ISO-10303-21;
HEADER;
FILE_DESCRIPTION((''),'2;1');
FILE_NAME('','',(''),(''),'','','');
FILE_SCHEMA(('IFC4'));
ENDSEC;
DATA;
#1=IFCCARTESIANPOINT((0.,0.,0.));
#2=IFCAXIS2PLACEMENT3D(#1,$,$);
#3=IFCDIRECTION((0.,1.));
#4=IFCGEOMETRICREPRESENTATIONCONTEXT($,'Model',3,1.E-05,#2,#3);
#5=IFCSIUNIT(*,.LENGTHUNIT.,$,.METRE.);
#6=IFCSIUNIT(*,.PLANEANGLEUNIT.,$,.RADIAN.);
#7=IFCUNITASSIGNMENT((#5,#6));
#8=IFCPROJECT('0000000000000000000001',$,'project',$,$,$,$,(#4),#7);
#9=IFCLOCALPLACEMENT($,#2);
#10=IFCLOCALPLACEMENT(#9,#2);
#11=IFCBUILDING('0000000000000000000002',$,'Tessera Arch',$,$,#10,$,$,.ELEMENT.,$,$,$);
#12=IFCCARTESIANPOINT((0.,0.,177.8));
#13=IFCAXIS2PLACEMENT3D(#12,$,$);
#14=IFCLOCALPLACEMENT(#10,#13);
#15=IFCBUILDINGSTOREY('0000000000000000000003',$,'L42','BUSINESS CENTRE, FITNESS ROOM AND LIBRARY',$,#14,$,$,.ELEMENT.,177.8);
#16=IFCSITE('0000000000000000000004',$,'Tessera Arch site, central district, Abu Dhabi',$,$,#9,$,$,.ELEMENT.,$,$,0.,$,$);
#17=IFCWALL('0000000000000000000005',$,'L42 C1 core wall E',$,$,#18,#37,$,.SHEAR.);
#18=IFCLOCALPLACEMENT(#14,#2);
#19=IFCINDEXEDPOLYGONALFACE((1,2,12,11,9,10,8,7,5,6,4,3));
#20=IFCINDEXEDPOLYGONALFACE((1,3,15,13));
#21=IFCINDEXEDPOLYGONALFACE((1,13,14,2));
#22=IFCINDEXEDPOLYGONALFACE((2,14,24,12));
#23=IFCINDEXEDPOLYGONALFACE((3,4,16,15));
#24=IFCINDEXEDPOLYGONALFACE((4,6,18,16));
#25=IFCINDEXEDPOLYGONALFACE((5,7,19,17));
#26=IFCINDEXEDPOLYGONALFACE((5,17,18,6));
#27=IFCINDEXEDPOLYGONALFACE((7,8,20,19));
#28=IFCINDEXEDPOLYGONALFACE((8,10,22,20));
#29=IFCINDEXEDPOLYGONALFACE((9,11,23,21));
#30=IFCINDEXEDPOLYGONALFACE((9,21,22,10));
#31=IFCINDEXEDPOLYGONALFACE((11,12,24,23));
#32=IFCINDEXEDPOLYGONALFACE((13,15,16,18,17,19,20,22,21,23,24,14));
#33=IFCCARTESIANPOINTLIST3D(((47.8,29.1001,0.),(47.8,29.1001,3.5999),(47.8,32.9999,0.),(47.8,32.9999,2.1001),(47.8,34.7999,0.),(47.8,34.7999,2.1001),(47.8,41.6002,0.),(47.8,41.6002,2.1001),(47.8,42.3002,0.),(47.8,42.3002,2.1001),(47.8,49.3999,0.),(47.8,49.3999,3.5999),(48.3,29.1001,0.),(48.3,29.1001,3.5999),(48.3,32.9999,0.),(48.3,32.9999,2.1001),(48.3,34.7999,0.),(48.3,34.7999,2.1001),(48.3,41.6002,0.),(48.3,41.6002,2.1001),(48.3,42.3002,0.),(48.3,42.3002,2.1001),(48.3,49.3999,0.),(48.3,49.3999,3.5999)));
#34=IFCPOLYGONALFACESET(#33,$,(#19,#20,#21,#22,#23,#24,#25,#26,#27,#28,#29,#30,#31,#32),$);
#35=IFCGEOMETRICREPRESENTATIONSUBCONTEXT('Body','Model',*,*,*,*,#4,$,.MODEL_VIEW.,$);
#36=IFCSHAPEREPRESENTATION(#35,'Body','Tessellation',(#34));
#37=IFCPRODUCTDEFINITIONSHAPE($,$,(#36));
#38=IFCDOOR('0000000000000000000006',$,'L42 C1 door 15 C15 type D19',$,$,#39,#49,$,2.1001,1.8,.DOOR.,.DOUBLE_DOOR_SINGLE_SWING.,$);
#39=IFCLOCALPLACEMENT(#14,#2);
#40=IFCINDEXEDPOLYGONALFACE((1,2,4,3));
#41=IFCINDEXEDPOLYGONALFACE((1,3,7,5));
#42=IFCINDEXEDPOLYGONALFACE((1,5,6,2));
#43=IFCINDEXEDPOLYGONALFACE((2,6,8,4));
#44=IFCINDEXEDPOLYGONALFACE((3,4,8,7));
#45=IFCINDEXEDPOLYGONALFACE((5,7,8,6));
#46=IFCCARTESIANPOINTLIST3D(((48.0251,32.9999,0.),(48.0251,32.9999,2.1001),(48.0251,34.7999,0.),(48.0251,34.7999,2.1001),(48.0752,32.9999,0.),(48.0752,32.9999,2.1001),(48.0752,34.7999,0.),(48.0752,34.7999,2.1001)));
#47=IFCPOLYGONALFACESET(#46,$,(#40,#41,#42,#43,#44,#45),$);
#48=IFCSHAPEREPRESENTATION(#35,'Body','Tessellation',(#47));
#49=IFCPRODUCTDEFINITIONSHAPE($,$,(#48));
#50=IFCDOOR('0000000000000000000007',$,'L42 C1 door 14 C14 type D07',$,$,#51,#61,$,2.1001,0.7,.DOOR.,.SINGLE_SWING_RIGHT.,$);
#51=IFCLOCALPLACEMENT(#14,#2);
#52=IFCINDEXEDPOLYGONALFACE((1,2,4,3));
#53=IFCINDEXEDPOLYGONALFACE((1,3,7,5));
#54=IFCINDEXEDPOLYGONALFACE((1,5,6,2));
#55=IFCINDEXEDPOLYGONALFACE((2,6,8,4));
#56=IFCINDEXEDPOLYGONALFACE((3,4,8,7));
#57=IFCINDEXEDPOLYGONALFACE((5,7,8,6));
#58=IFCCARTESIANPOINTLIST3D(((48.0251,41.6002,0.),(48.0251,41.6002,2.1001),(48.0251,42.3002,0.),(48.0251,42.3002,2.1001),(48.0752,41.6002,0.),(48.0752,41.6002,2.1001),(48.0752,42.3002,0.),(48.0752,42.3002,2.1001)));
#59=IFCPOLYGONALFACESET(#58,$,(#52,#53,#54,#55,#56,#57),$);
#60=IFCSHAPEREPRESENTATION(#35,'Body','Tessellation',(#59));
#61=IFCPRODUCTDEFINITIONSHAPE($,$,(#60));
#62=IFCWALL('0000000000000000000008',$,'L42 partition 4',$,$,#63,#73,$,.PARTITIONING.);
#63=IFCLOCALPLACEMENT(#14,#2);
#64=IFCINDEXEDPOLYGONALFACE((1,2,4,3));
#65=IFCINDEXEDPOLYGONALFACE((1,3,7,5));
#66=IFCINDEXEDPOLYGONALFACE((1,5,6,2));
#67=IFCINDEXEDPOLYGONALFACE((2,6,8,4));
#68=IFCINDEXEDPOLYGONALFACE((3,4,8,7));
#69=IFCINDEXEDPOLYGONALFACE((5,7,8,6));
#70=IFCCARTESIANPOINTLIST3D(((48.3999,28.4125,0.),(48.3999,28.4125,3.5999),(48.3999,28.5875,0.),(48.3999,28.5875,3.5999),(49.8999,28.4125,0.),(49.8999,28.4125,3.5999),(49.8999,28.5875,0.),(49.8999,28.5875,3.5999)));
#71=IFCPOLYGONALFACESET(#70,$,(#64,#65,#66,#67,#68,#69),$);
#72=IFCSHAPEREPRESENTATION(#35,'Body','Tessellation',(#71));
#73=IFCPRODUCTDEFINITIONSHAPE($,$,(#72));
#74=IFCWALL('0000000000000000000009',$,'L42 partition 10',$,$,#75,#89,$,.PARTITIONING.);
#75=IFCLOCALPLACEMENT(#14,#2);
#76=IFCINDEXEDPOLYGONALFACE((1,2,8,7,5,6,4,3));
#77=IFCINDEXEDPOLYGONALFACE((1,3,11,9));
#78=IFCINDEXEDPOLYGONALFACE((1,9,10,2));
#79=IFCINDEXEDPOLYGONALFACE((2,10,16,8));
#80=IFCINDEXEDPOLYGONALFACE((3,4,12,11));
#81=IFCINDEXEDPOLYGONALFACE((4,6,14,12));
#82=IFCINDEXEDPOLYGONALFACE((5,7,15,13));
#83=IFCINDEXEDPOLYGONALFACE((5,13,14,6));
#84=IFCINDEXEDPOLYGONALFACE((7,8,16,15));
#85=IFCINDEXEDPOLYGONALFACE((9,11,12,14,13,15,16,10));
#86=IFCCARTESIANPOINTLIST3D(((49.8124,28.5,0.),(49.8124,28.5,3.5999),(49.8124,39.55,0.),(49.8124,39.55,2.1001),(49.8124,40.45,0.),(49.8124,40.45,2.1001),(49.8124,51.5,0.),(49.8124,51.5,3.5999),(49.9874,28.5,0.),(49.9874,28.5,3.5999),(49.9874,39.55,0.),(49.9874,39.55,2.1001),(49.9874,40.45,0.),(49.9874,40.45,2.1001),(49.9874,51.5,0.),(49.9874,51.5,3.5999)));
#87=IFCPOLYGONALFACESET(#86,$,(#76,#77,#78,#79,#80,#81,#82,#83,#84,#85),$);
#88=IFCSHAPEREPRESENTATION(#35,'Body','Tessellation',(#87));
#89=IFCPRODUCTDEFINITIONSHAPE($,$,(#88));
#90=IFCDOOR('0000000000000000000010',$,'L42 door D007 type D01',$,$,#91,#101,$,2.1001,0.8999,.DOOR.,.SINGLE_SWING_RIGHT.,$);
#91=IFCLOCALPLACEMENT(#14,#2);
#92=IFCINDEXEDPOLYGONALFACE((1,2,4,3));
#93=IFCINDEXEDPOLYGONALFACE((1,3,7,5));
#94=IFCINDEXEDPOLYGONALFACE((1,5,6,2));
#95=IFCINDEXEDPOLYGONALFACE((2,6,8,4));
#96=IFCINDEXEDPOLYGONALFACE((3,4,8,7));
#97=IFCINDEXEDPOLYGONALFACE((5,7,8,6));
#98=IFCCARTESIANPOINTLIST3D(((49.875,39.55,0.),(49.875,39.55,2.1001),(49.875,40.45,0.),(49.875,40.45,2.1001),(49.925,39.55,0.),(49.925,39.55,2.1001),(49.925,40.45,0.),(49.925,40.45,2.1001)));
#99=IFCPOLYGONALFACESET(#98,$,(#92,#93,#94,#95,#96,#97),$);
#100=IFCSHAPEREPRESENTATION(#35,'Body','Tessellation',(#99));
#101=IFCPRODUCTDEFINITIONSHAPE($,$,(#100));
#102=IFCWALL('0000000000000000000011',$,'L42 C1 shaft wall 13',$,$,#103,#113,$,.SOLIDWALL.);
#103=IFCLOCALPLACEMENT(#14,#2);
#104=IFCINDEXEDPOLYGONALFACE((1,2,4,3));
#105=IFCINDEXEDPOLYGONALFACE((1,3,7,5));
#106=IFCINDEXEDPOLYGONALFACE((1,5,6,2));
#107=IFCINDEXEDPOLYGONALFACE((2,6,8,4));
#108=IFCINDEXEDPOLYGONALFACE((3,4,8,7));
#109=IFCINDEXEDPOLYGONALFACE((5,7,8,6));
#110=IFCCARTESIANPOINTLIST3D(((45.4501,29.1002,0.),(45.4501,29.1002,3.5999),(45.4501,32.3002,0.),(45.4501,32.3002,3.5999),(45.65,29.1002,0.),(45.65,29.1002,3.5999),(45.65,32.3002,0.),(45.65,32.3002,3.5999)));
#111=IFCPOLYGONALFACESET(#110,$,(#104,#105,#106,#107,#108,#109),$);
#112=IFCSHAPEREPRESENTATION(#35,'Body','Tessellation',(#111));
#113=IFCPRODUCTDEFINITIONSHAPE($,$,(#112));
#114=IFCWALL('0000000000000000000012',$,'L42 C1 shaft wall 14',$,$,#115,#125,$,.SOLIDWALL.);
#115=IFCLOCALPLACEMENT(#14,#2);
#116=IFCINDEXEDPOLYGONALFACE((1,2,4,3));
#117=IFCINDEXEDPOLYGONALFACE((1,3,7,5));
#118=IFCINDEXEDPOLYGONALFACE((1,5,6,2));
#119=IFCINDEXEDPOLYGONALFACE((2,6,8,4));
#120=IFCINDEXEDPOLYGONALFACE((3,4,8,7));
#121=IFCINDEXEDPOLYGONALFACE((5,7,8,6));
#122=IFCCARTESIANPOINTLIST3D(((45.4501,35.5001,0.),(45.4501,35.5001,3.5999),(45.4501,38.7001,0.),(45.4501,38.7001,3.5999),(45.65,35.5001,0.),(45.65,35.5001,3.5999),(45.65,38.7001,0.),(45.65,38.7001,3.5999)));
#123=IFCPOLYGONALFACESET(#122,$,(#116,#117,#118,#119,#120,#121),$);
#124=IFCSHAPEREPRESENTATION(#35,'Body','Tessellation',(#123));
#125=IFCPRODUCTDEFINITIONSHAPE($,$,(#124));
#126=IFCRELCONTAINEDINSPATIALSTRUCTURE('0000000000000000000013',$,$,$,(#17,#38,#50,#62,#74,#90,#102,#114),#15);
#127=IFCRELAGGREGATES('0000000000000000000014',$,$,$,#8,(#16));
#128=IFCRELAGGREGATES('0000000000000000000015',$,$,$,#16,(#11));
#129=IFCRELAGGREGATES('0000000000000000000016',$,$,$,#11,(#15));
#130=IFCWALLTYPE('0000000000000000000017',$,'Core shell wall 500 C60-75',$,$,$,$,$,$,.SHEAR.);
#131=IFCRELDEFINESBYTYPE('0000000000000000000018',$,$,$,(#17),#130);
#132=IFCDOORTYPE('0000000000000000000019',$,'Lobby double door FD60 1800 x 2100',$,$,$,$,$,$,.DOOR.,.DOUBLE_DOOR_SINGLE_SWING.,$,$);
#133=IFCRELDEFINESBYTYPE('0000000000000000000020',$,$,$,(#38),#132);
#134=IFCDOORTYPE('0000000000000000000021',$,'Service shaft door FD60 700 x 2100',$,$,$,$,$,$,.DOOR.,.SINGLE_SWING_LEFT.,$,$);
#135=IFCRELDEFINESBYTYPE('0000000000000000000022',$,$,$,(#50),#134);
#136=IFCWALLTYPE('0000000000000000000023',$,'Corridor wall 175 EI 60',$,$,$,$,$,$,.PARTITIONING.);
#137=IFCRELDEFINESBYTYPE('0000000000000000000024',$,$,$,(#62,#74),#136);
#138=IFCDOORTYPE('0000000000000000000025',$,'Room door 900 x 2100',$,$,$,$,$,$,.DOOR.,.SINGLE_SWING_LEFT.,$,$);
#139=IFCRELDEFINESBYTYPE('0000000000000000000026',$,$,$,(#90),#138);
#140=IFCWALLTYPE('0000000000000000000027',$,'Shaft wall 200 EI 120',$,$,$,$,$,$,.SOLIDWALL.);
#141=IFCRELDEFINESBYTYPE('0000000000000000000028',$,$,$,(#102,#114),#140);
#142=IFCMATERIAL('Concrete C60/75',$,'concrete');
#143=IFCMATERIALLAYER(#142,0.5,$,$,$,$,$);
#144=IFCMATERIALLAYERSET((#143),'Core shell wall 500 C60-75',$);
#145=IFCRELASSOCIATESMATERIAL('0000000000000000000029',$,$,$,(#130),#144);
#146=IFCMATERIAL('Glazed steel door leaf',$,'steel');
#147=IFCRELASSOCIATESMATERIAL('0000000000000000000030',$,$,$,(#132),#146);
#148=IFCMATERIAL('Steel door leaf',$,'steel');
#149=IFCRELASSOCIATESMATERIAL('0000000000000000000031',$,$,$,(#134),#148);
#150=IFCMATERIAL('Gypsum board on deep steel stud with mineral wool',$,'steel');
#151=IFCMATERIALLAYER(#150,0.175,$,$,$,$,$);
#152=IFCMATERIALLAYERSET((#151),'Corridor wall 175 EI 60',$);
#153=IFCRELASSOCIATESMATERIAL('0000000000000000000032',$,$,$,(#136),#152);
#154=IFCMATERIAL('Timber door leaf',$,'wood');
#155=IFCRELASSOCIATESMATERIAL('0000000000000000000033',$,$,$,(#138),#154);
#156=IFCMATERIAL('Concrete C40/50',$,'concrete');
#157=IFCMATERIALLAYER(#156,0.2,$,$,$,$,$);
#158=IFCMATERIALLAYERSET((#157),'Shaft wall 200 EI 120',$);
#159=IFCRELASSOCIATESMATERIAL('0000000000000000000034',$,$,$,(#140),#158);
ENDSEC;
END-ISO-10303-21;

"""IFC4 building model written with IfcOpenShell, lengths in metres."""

from ifc_helpers import new_model, si_unit, direction, frame, frame_2d, origin, place, context, subcontext, project, spatial, rectangle, extrude, material, layer, layer_set, type_object, element, fill, save


model = new_model("IFC4")

# Units and contexts
model_context = context("Model", 3, precision=1e-05, world=origin(), true_north=direction((0.0, 1.0)))
body_context = subcontext(model_context, "Body", "Model", "MODEL_VIEW")
ifc_project = project(units=[si_unit("LENGTHUNIT", "METRE"), si_unit("PLANEANGLEUNIT", "RADIAN")], contexts=[model_context])

# Site, building, storey
site_placement = place(None, origin())
site = spatial("IfcSite", under=ifc_project, at=site_placement, Name="Tessera Arch site, central district, Abu Dhabi", CompositionType="ELEMENT", RefElevation=0.0)
building_placement = place(site_placement, origin())
building = spatial("IfcBuilding", under=site, at=building_placement, Name="Tessera Arch", CompositionType="ELEMENT")
storey_placement = place(building_placement, frame((0.0, 0.0, 177.8)))
storey = spatial("IfcBuildingStorey", under=building, at=storey_placement, Name="L42", Description="BUSINESS CENTRE, FITNESS ROOM AND LIBRARY", CompositionType="ELEMENT", Elevation=177.8)

# Wall, openings, doors
ifc_material_1 = material(Name="Concrete C60/75", Category="concrete")
ifc_layer_1 = layer(ifc_material_1, 0.5)
ifc_layer_set_1 = layer_set([ifc_layer_1], Name="Core shell wall 500 C60-75")
wall_type_1 = type_object("IfcWallType", Name="Core shell wall 500 C60-75", PredefinedType="SHEAR", material=ifc_layer_set_1)
wall_1_placement = place(storey_placement, frame((48.05, 29.1001, 0.0), z_axis=(0.0, 0.0, 1.0), x_axis=(0.0, 1.0, 0.0)))
wall_1 = element("IfcWall", 1, at=wall_1_placement, inside=storey, type_object=wall_type_1, Name="L42 C1 core wall E", PredefinedType="SHEAR", context=body_context, shape_type="SweptSolid", body=[
    extrude(rectangle(XDim=20.2998, YDim=0.5, at=frame_2d((10.1499, 0.0))), origin(), (0.0, 0.0, 1.0), 3.5999),
])
opening_1_placement = place(wall_1_placement, frame((12.5, 0.0, 0.0)))
opening_1 = element("IfcOpeningElement", 2, at=opening_1_placement, cuts=wall_1, PredefinedType="OPENING", context=body_context, shape_type="SweptSolid", body=[
    extrude(rectangle(XDim=0.7, YDim=2.1001, at=frame_2d((0.3501, 1.05))), frame((0.0, 0.26, 0.0), z_axis=(0.0, -1.0, 0.0), x_axis=(1.0, 0.0, 0.0)), (0.0, 0.0, 1.0), 0.52),
])
opening_2_placement = place(wall_1_placement, frame((3.8999, 0.0, 0.0)))
opening_2 = element("IfcOpeningElement", 3, at=opening_2_placement, cuts=wall_1, PredefinedType="OPENING", context=body_context, shape_type="SweptSolid", body=[
    extrude(rectangle(XDim=1.8, YDim=2.1001, at=frame_2d((0.8999, 1.05))), frame((0.0, 0.26, 0.0), z_axis=(0.0, -1.0, 0.0), x_axis=(1.0, 0.0, 0.0)), (0.0, 0.0, 1.0), 0.52),
])
ifc_material_2 = material(Name="Glazed steel door leaf", Category="steel")
door_type_1 = type_object("IfcDoorType", Name="Lobby double door FD60 1800 x 2100", OperationType="DOUBLE_DOOR_SINGLE_SWING", PredefinedType="DOOR", material=ifc_material_2)
door_1_placement = place(opening_2_placement, origin())
door_1 = element("IfcDoor", 4, at=door_1_placement, inside=storey, type_object=door_type_1, Name="L42 C1 door 15 C15 type D19", OperationType="DOUBLE_DOOR_SINGLE_SWING", OverallHeight=2.1001, OverallWidth=1.8, PredefinedType="DOOR", context=body_context, shape_type="SweptSolid", body=[
    extrude(rectangle(XDim=1.8, YDim=2.1001, at=frame_2d((0.8999, 1.05))), frame((0.0, 0.0249, 0.0), z_axis=(0.0, -1.0, 0.0), x_axis=(1.0, 0.0, 0.0)), (0.0, 0.0, 1.0), 0.05),
])
fill(opening_2, door_1)
ifc_material_3 = material(Name="Steel door leaf", Category="steel")
door_type_2 = type_object("IfcDoorType", Name="Service shaft door FD60 700 x 2100", OperationType="SINGLE_SWING_LEFT", PredefinedType="DOOR", material=ifc_material_3)
door_2_placement = place(opening_1_placement, origin())
door_2 = element("IfcDoor", 5, at=door_2_placement, inside=storey, type_object=door_type_2, Name="L42 C1 door 14 C14 type D07", OperationType="SINGLE_SWING_RIGHT", OverallHeight=2.1001, OverallWidth=0.7, PredefinedType="DOOR", context=body_context, shape_type="SweptSolid", body=[
    extrude(rectangle(XDim=0.7, YDim=2.1001, at=frame_2d((0.3501, 1.05))), frame((0.0, 0.0249, 0.0), z_axis=(0.0, -1.0, 0.0), x_axis=(1.0, 0.0, 0.0)), (0.0, 0.0, 1.0), 0.05),
])
fill(opening_1, door_2)

# Wall
ifc_material_4 = material(Name="Gypsum board on deep steel stud with mineral wool", Category="steel")
ifc_layer_2 = layer(ifc_material_4, 0.175)
ifc_layer_set_2 = layer_set([ifc_layer_2], Name="Corridor wall 175 EI 60")
wall_type_2 = type_object("IfcWallType", Name="Corridor wall 175 EI 60", PredefinedType="PARTITIONING", material=ifc_layer_set_2)
wall_2_placement = place(storey_placement, frame((48.3999, 28.5, 0.0), z_axis=(0.0, 0.0, 1.0), x_axis=(1.0, 0.0, 0.0)))
element("IfcWall", 6, at=wall_2_placement, inside=storey, type_object=wall_type_2, Name="L42 partition 4", PredefinedType="PARTITIONING", context=body_context, shape_type="SweptSolid", body=[
    extrude(rectangle(XDim=1.5, YDim=0.175, at=frame_2d((0.75, 0.0))), origin(), (0.0, 0.0, 1.0), 3.5999),
])

# Wall, opening, door
wall_3_placement = place(storey_placement, frame((49.8999, 28.5, 0.0), z_axis=(0.0, 0.0, 1.0), x_axis=(0.0, 1.0, 0.0)))
wall_3 = element("IfcWall", 7, at=wall_3_placement, inside=storey, type_object=wall_type_2, Name="L42 partition 10", PredefinedType="PARTITIONING", context=body_context, shape_type="SweptSolid", body=[
    extrude(rectangle(XDim=23.0, YDim=0.175, at=frame_2d((11.5, 0.0))), origin(), (0.0, 0.0, 1.0), 3.5999),
])
opening_3_placement = place(wall_3_placement, frame((11.05, 0.0, 0.0)))
opening_3 = element("IfcOpeningElement", 8, at=opening_3_placement, cuts=wall_3, PredefinedType="OPENING", context=body_context, shape_type="SweptSolid", body=[
    extrude(rectangle(XDim=0.8999, YDim=2.1001, at=frame_2d((0.45, 1.05))), frame((0.0, 0.0974, 0.0), z_axis=(0.0, -1.0, 0.0), x_axis=(1.0, 0.0, 0.0)), (0.0, 0.0, 1.0), 0.1951),
])
ifc_material_5 = material(Name="Timber door leaf", Category="wood")
door_type_3 = type_object("IfcDoorType", Name="Room door 900 x 2100", OperationType="SINGLE_SWING_LEFT", PredefinedType="DOOR", material=ifc_material_5)
door_3_placement = place(opening_3_placement, origin())
door_3 = element("IfcDoor", 9, at=door_3_placement, inside=storey, type_object=door_type_3, Name="L42 door D007 type D01", OperationType="SINGLE_SWING_RIGHT", OverallHeight=2.1001, OverallWidth=0.8999, PredefinedType="DOOR", context=body_context, shape_type="SweptSolid", body=[
    extrude(rectangle(XDim=0.8999, YDim=2.1001, at=frame_2d((0.45, 1.05))), frame((0.0, 0.0249, 0.0), z_axis=(0.0, -1.0, 0.0), x_axis=(1.0, 0.0, 0.0)), (0.0, 0.0, 1.0), 0.05),
])
fill(opening_3, door_3)

# Walls
ifc_material_6 = material(Name="Concrete C40/50", Category="concrete")
ifc_layer_3 = layer(ifc_material_6, 0.2)
ifc_layer_set_3 = layer_set([ifc_layer_3], Name="Shaft wall 200 EI 120")
wall_type_3 = type_object("IfcWallType", Name="Shaft wall 200 EI 120", PredefinedType="SOLIDWALL", material=ifc_layer_set_3)
for number, where, z_axis, x_axis, name in (
    (10, (45.55, 29.1001, 0.0), (0.0, 0.0, 1.0), (0.0, 1.0, 0.0), "L42 C1 shaft wall 13"),
    (11, (45.55, 35.5, 0.0), (0.0, 0.0, 1.0), (0.0, 1.0, 0.0), "L42 C1 shaft wall 14"),
):
    element("IfcWall", number, at=place(storey_placement, frame(where, z_axis=z_axis, x_axis=x_axis)), inside=storey, type_object=wall_type_3, Name=name, PredefinedType="SOLIDWALL", context=body_context, shape_type="SweptSolid", body=[
        extrude(rectangle(XDim=3.2, YDim=0.2, at=frame_2d((1.6001, 0.0))), origin(), (0.0, 0.0, 1.0), 3.5999),
    ])

save(model, "model.ifc")
